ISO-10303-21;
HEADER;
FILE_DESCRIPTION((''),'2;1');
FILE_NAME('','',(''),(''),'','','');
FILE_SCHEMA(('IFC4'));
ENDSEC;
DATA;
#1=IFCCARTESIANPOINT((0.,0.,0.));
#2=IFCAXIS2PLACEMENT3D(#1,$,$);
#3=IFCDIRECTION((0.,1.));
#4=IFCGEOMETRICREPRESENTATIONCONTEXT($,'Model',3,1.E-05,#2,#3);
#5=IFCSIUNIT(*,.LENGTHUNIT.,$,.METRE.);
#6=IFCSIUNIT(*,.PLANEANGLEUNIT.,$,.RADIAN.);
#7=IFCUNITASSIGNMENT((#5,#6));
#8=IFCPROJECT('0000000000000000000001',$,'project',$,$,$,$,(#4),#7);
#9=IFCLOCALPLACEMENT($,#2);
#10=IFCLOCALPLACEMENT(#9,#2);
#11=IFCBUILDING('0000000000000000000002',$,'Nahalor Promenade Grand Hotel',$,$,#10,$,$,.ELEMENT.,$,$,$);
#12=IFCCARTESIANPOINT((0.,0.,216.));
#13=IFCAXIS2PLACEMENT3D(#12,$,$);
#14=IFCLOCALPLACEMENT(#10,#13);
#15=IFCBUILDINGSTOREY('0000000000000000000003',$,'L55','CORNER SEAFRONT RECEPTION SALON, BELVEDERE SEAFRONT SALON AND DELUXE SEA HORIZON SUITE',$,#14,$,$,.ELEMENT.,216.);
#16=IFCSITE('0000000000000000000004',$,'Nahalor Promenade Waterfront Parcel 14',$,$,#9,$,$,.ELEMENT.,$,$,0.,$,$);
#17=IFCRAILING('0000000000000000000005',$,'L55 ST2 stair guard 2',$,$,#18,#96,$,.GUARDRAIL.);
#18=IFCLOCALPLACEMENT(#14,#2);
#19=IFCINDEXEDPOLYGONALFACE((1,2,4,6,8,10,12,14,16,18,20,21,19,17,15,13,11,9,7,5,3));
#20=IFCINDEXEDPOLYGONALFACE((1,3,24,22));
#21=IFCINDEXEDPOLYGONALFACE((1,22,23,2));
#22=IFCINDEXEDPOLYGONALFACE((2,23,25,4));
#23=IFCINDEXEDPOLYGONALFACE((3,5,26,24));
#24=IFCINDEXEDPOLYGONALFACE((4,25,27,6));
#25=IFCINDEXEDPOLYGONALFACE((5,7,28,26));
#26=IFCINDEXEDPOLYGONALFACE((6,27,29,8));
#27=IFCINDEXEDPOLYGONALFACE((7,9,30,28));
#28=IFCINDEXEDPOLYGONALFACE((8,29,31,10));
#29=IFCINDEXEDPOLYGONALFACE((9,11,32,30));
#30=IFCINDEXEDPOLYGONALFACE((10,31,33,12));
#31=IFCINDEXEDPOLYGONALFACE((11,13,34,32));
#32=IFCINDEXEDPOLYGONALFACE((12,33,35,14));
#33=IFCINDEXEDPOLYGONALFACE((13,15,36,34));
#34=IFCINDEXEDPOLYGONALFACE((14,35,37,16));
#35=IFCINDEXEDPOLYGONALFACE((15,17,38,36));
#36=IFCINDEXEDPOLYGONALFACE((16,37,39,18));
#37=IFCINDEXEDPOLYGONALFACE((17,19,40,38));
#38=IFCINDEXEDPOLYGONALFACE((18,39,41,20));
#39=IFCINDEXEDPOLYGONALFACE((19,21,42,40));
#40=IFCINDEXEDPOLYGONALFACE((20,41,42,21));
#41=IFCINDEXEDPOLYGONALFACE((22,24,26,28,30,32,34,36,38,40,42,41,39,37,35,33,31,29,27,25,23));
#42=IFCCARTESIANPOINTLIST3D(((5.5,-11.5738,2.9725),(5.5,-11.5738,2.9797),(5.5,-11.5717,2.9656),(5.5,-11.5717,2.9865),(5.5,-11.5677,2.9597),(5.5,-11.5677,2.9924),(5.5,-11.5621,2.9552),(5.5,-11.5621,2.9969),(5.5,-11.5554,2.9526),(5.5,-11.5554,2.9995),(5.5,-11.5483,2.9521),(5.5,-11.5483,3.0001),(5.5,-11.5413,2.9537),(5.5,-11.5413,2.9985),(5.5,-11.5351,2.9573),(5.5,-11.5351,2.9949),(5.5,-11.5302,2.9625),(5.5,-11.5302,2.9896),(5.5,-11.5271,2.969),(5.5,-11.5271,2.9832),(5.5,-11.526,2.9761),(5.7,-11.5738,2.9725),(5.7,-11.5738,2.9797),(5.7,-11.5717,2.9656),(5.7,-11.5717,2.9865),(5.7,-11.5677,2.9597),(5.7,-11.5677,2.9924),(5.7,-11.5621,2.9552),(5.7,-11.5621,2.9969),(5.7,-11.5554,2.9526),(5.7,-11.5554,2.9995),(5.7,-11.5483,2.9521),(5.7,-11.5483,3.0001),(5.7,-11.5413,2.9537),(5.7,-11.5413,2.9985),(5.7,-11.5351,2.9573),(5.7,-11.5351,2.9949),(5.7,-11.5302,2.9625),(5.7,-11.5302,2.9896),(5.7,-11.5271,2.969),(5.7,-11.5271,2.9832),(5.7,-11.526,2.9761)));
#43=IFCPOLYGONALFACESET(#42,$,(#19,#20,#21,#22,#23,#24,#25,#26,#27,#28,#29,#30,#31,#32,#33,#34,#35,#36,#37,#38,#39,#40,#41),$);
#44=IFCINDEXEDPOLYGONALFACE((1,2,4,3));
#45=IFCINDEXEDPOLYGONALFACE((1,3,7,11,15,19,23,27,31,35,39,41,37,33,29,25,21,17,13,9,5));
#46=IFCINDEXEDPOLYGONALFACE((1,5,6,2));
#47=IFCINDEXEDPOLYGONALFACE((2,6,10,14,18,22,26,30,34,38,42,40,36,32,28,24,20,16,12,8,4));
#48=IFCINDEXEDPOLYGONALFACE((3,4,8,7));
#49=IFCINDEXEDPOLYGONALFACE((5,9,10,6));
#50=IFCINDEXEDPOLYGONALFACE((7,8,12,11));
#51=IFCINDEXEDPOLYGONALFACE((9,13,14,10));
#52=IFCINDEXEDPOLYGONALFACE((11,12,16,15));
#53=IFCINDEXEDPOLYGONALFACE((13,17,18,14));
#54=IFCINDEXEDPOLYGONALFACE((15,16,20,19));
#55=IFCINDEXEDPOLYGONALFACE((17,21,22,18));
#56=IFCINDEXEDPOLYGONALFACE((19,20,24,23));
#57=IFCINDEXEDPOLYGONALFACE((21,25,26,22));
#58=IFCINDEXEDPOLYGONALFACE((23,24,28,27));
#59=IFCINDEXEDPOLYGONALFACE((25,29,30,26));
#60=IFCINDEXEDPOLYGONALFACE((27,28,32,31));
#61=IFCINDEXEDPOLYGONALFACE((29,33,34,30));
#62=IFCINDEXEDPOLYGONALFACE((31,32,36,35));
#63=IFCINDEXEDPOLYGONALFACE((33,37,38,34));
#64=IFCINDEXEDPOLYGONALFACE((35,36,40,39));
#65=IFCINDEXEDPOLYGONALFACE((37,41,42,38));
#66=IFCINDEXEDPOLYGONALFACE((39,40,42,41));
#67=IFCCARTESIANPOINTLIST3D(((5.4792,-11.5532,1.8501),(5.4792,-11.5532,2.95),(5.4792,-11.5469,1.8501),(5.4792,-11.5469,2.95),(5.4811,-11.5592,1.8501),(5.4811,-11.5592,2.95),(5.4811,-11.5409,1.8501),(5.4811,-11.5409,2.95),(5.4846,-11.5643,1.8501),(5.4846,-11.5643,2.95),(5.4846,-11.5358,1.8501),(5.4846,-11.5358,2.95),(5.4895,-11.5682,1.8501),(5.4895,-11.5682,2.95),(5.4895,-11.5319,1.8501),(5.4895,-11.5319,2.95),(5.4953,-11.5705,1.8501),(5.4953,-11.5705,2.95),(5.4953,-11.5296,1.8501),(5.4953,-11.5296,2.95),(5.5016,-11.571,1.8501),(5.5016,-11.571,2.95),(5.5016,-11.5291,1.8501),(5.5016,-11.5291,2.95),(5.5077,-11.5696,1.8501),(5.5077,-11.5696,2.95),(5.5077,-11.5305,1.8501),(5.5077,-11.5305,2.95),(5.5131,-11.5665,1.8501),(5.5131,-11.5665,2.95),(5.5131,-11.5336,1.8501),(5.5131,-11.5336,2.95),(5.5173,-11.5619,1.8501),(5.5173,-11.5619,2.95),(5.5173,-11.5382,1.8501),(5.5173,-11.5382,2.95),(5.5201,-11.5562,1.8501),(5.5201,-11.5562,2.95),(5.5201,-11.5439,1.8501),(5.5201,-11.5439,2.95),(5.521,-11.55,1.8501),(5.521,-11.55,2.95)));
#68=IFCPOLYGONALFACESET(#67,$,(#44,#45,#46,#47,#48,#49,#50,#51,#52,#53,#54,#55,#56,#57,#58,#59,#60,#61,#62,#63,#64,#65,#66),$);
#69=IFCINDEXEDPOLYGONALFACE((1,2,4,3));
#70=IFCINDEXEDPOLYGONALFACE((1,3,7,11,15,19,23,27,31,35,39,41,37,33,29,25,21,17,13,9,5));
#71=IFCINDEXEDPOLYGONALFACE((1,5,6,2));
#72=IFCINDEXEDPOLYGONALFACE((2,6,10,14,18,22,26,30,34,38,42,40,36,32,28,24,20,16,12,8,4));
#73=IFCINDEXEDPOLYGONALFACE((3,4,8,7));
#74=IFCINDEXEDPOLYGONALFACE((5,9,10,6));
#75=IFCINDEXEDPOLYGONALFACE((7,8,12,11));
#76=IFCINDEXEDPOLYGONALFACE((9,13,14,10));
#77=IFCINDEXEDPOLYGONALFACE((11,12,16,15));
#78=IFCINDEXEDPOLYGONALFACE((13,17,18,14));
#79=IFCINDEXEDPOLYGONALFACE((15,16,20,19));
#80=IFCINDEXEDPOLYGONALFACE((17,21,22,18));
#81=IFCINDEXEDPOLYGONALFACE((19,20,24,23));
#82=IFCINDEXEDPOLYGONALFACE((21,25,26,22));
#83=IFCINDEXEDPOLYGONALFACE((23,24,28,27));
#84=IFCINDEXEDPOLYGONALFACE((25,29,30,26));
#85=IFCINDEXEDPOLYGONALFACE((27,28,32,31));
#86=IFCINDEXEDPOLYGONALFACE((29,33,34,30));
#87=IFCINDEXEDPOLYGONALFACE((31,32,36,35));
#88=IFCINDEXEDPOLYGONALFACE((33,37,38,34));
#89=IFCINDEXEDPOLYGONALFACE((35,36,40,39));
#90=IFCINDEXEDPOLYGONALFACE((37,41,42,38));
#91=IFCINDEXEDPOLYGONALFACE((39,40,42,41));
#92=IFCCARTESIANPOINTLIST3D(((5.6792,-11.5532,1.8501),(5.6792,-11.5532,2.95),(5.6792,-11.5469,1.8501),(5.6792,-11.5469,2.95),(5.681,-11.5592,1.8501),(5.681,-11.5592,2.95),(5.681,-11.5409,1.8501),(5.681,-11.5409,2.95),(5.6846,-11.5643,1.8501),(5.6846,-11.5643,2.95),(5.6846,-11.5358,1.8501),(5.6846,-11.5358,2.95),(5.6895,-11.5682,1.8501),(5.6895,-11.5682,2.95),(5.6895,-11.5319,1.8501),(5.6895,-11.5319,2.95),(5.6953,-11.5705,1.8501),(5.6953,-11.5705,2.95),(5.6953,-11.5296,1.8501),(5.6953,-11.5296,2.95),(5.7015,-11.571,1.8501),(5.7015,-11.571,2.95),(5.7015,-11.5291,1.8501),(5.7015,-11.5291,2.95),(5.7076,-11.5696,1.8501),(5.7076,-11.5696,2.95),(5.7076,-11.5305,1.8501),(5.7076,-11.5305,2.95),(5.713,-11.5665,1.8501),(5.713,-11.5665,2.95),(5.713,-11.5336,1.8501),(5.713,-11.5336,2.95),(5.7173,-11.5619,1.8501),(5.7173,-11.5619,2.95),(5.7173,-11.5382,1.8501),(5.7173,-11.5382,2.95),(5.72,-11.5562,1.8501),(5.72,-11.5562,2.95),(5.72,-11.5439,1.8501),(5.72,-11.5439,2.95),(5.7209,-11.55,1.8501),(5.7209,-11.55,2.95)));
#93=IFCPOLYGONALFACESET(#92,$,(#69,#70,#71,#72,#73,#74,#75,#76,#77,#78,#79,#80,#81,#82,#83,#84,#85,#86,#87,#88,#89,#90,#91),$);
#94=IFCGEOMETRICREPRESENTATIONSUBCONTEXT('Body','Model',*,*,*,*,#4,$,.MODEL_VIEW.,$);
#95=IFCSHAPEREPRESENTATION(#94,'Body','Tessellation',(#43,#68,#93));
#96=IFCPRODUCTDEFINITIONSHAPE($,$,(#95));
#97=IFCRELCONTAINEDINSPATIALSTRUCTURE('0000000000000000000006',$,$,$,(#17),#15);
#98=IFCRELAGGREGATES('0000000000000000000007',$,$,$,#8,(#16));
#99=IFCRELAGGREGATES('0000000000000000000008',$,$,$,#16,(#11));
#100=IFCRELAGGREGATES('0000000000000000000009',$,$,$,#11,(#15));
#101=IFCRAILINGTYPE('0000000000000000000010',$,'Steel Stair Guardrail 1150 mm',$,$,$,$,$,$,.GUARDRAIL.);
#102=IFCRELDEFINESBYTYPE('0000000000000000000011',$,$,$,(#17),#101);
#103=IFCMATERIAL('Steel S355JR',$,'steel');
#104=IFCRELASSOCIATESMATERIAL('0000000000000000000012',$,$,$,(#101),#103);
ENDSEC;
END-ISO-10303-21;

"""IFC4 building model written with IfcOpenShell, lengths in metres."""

from ifc_helpers import new_model, si_unit, direction, frame, origin, origin_2d, place, context, subcontext, project, spatial, circle, extrude, material, type_object, element, save


model = new_model("IFC4")

# Units and contexts
model_context = context("Model", 3, precision=1e-05, world=origin(), true_north=direction((0.0, 1.0)))
body_context = subcontext(model_context, "Body", "Model", "MODEL_VIEW")
ifc_project = project(units=[si_unit("LENGTHUNIT", "METRE"), si_unit("PLANEANGLEUNIT", "RADIAN")], contexts=[model_context])

# Site, building, storey
site_placement = place(None, origin())
site = spatial("IfcSite", under=ifc_project, at=site_placement, Name="Nahalor Promenade Waterfront Parcel 14", CompositionType="ELEMENT", RefElevation=0.0)
building_placement = place(site_placement, origin())
building = spatial("IfcBuilding", under=site, at=building_placement, Name="Nahalor Promenade Grand Hotel", CompositionType="ELEMENT")
storey_placement = place(building_placement, frame((0.0, 0.0, 216.0)))
storey = spatial("IfcBuildingStorey", under=building, at=storey_placement, Name="L55", Description="CORNER SEAFRONT RECEPTION SALON, BELVEDERE SEAFRONT SALON AND DELUXE SEA HORIZON SUITE", CompositionType="ELEMENT", Elevation=216.0)

# Shared definitions
ifc_material_1 = material(Name="Steel S355JR", Category="steel")

# Railing
railing_type_1 = type_object("IfcRailingType", Name="Steel Stair Guardrail 1150 mm", PredefinedType="GUARDRAIL", material=ifc_material_1)
railing_1_placement = place(storey_placement, frame((5.5, -11.55, 1.8501)))
element("IfcRailing", 1, at=railing_1_placement, inside=storey, type_object=railing_type_1, Name="L55 ST2 stair guard 2", PredefinedType="GUARDRAIL", context=body_context, shape_type="SweptSolid", body=[
    extrude(circle(Radius=0.024, at=origin_2d()), frame((0.0, 0.0, 1.126), z_axis=(1.0, 0.0, 0.0), x_axis=(0.0, 1.0, 0.0)), (0.0, 0.0, 1.0), 0.2),
    extrude(circle(Radius=0.021, at=origin_2d()), origin(), (0.0, 0.0, 1.0), 1.0999),
    extrude(circle(Radius=0.021, at=origin_2d()), frame((0.2, 0.0, 0.0)), (0.0, 0.0, 1.0), 1.0999),
])

save(model, "model.ifc")
